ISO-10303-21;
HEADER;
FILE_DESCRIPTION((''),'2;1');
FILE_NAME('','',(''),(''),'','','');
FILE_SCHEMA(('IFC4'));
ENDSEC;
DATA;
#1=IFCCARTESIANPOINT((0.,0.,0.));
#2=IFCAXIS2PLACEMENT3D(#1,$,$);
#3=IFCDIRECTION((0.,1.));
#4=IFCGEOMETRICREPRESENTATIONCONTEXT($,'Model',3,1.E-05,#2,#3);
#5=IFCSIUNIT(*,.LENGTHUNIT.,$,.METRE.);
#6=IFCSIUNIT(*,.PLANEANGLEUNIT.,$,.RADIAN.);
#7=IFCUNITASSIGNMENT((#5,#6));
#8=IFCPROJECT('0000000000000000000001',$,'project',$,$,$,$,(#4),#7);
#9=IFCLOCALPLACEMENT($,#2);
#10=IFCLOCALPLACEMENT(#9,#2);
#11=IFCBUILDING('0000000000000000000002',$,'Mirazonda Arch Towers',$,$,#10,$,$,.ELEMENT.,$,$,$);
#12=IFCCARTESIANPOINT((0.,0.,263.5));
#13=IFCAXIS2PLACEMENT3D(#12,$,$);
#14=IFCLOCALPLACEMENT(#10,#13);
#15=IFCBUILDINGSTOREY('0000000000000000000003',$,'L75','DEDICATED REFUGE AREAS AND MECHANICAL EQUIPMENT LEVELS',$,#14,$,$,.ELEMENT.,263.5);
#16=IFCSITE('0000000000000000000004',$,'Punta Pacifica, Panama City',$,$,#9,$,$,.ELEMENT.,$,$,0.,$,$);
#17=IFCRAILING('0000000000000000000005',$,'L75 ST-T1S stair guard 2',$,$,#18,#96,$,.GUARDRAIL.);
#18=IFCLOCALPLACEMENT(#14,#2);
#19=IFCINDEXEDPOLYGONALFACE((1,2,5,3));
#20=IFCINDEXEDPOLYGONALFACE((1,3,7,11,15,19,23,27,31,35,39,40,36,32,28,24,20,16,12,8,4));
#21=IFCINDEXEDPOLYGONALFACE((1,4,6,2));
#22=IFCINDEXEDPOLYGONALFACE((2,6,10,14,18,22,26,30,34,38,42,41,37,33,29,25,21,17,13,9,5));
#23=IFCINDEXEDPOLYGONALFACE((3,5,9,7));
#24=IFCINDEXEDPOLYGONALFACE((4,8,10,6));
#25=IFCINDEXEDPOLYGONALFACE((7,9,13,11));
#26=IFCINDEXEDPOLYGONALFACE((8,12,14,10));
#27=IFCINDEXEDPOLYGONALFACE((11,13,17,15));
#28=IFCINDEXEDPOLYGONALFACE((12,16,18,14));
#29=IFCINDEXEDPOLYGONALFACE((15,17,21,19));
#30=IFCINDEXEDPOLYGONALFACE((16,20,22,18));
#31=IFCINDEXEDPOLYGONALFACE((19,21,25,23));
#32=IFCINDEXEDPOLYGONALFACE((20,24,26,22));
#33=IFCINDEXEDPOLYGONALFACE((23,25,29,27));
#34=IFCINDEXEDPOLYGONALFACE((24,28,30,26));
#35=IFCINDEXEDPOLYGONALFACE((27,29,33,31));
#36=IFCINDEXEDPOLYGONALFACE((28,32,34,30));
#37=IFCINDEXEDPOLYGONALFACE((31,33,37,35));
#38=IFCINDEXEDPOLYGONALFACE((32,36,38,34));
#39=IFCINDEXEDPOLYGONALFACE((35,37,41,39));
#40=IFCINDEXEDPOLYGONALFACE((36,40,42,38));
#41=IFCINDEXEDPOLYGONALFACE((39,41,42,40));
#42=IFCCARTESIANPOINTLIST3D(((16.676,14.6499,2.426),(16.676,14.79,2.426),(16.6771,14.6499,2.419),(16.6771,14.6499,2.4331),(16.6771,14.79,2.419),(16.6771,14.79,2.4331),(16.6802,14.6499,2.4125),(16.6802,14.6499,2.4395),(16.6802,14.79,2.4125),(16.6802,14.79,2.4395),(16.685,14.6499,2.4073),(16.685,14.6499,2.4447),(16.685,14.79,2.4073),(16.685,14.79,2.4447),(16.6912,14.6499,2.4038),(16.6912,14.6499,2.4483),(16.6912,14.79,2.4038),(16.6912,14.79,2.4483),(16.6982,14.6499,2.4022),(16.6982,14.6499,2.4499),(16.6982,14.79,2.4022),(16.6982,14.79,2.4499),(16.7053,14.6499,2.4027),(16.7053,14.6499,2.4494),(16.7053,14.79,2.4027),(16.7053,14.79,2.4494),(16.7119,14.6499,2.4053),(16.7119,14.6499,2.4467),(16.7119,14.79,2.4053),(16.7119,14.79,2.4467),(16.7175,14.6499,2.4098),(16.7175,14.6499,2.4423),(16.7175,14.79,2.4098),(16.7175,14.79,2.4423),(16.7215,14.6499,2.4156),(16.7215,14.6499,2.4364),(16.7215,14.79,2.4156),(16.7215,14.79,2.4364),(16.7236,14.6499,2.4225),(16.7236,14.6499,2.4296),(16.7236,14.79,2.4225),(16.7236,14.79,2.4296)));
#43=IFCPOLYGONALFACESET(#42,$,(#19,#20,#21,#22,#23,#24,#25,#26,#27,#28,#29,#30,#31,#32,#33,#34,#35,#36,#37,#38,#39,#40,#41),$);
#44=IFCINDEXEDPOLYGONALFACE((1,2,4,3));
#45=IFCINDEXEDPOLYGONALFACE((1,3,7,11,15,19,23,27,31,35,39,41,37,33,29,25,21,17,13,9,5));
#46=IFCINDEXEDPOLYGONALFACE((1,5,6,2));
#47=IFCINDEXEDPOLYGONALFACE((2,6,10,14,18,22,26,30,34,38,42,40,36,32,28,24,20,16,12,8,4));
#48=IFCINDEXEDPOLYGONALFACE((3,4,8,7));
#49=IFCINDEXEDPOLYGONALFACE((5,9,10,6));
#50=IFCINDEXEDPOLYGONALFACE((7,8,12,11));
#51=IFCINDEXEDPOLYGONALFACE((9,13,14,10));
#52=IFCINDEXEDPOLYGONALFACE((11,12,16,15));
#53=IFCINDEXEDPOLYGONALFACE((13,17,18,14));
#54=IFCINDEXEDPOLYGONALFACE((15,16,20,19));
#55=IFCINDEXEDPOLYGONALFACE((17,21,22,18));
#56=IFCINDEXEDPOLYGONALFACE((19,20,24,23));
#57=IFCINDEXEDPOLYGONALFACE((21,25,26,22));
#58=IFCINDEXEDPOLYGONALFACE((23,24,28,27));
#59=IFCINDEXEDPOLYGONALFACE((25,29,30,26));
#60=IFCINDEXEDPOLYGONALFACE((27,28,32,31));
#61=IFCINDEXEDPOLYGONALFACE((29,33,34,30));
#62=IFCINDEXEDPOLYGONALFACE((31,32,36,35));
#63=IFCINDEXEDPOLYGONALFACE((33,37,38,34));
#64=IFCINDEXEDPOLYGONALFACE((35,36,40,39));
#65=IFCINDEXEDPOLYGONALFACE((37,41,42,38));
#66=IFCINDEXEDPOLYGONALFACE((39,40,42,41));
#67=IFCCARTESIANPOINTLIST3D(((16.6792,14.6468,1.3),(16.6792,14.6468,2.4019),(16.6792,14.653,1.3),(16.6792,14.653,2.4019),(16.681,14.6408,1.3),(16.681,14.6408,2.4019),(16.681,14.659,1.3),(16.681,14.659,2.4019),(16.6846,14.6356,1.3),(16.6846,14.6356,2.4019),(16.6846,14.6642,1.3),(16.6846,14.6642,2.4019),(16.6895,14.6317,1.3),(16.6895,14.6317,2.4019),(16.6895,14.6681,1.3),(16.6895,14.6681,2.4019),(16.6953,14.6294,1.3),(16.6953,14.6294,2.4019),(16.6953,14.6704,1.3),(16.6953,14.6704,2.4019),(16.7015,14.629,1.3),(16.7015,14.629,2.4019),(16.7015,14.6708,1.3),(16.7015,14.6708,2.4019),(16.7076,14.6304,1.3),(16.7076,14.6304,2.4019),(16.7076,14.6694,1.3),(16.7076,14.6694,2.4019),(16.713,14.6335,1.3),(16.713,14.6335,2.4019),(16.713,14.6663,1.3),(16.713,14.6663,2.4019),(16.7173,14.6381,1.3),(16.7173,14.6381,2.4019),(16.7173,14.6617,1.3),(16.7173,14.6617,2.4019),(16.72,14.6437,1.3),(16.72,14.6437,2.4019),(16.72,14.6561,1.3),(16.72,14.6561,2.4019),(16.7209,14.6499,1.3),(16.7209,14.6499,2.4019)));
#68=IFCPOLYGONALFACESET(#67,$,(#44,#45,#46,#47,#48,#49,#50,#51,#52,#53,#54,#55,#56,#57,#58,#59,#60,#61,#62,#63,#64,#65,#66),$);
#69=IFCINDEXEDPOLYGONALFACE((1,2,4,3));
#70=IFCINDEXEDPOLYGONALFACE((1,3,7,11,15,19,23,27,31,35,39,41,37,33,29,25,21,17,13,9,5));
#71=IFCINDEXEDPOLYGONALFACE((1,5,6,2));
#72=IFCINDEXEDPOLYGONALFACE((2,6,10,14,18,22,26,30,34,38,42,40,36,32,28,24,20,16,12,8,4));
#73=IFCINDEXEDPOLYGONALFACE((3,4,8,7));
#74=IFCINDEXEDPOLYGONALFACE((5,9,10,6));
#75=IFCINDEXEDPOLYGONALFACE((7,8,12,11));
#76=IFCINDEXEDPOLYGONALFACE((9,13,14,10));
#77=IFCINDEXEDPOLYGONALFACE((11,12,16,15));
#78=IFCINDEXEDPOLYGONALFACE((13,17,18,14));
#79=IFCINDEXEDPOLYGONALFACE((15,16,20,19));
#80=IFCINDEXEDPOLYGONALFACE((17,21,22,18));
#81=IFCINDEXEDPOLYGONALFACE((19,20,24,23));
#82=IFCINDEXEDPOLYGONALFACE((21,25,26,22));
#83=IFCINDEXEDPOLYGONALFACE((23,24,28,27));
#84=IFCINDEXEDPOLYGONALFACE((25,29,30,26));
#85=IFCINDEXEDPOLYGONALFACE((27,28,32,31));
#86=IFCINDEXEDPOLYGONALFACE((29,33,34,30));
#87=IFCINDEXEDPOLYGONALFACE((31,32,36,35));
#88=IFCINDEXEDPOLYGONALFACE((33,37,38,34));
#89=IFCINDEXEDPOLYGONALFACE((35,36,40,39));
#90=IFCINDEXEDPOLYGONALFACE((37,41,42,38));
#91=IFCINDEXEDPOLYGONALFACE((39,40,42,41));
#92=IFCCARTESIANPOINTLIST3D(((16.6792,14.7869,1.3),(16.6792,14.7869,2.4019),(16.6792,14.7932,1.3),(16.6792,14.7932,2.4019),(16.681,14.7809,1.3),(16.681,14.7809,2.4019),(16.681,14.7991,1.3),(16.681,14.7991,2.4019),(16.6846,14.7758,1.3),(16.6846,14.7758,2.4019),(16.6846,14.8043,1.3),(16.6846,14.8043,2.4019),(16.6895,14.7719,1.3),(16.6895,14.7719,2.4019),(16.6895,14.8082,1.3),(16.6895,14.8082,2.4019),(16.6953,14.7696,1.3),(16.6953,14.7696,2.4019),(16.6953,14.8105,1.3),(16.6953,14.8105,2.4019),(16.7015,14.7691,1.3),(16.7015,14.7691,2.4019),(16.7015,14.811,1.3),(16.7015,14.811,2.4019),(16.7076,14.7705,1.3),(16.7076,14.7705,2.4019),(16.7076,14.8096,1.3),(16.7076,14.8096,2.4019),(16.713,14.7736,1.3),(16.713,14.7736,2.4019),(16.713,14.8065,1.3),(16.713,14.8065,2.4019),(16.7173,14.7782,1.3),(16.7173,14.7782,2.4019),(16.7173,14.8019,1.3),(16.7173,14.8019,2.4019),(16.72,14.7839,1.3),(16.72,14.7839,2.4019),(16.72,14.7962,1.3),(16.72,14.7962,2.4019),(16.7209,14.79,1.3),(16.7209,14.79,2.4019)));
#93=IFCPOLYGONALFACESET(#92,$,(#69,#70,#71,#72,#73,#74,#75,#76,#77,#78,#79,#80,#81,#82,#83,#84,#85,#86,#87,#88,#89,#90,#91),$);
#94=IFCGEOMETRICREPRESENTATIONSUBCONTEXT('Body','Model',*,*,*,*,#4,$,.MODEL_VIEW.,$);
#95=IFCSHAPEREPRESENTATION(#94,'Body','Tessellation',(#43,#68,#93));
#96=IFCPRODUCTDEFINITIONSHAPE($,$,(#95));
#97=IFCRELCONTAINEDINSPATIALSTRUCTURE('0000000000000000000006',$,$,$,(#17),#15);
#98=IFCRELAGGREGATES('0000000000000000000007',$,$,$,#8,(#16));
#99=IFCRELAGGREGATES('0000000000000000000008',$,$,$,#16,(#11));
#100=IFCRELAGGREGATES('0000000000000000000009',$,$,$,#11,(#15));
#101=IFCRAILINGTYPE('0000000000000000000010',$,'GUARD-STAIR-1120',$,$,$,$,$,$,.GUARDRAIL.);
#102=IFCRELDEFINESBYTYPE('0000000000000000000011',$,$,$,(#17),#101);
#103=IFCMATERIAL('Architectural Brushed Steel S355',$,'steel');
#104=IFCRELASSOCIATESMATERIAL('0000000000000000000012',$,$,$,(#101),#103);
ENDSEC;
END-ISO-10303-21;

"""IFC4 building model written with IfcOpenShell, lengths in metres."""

from ifc_helpers import new_model, si_unit, direction, frame, origin, origin_2d, place, context, subcontext, project, spatial, circle, extrude, material, type_object, element, save


model = new_model("IFC4")

# Units and contexts
model_context = context("Model", 3, precision=1e-05, world=origin(), true_north=direction((0.0, 1.0)))
body_context = subcontext(model_context, "Body", "Model", "MODEL_VIEW")
ifc_project = project(units=[si_unit("LENGTHUNIT", "METRE"), si_unit("PLANEANGLEUNIT", "RADIAN")], contexts=[model_context])

# Site, building, storey
site_placement = place(None, origin())
site = spatial("IfcSite", under=ifc_project, at=site_placement, Name="Punta Pacifica, Panama City", CompositionType="ELEMENT", RefElevation=0.0)
building_placement = place(site_placement, origin())
building = spatial("IfcBuilding", under=site, at=building_placement, Name="Mirazonda Arch Towers", CompositionType="ELEMENT")
storey_placement = place(building_placement, frame((0.0, 0.0, 263.5)))
storey = spatial("IfcBuildingStorey", under=building, at=storey_placement, Name="L75", Description="DEDICATED REFUGE AREAS AND MECHANICAL EQUIPMENT LEVELS", CompositionType="ELEMENT", Elevation=263.5)

# Railing
ifc_material_1 = material(Name="Architectural Brushed Steel S355", Category="steel")
railing_type_1 = type_object("IfcRailingType", Name="GUARD-STAIR-1120", PredefinedType="GUARDRAIL", material=ifc_material_1)
railing_1_placement = place(storey_placement, frame((16.7, 14.6499, 1.3)))
element("IfcRailing", 1, at=railing_1_placement, inside=storey, type_object=railing_type_1, Name="L75 ST-T1S stair guard 2", PredefinedType="GUARDRAIL", context=body_context, shape_type="SweptSolid", body=[
    extrude(circle(Radius=0.0239, at=origin_2d()), frame((0.0, 0.0, 1.126), z_axis=(0.0, 1.0, 0.0), x_axis=(-1.0, 0.0, 0.0)), (0.0, 0.0, 1.0), 0.1401),
    extrude(circle(Radius=0.021, at=origin_2d()), origin(), (0.0, 0.0, 1.0), 1.1018),
    extrude(circle(Radius=0.021, at=origin_2d()), frame((0.0, 0.1401, 0.0)), (0.0, 0.0, 1.0), 1.1018),
])

save(model, "model.ifc")
